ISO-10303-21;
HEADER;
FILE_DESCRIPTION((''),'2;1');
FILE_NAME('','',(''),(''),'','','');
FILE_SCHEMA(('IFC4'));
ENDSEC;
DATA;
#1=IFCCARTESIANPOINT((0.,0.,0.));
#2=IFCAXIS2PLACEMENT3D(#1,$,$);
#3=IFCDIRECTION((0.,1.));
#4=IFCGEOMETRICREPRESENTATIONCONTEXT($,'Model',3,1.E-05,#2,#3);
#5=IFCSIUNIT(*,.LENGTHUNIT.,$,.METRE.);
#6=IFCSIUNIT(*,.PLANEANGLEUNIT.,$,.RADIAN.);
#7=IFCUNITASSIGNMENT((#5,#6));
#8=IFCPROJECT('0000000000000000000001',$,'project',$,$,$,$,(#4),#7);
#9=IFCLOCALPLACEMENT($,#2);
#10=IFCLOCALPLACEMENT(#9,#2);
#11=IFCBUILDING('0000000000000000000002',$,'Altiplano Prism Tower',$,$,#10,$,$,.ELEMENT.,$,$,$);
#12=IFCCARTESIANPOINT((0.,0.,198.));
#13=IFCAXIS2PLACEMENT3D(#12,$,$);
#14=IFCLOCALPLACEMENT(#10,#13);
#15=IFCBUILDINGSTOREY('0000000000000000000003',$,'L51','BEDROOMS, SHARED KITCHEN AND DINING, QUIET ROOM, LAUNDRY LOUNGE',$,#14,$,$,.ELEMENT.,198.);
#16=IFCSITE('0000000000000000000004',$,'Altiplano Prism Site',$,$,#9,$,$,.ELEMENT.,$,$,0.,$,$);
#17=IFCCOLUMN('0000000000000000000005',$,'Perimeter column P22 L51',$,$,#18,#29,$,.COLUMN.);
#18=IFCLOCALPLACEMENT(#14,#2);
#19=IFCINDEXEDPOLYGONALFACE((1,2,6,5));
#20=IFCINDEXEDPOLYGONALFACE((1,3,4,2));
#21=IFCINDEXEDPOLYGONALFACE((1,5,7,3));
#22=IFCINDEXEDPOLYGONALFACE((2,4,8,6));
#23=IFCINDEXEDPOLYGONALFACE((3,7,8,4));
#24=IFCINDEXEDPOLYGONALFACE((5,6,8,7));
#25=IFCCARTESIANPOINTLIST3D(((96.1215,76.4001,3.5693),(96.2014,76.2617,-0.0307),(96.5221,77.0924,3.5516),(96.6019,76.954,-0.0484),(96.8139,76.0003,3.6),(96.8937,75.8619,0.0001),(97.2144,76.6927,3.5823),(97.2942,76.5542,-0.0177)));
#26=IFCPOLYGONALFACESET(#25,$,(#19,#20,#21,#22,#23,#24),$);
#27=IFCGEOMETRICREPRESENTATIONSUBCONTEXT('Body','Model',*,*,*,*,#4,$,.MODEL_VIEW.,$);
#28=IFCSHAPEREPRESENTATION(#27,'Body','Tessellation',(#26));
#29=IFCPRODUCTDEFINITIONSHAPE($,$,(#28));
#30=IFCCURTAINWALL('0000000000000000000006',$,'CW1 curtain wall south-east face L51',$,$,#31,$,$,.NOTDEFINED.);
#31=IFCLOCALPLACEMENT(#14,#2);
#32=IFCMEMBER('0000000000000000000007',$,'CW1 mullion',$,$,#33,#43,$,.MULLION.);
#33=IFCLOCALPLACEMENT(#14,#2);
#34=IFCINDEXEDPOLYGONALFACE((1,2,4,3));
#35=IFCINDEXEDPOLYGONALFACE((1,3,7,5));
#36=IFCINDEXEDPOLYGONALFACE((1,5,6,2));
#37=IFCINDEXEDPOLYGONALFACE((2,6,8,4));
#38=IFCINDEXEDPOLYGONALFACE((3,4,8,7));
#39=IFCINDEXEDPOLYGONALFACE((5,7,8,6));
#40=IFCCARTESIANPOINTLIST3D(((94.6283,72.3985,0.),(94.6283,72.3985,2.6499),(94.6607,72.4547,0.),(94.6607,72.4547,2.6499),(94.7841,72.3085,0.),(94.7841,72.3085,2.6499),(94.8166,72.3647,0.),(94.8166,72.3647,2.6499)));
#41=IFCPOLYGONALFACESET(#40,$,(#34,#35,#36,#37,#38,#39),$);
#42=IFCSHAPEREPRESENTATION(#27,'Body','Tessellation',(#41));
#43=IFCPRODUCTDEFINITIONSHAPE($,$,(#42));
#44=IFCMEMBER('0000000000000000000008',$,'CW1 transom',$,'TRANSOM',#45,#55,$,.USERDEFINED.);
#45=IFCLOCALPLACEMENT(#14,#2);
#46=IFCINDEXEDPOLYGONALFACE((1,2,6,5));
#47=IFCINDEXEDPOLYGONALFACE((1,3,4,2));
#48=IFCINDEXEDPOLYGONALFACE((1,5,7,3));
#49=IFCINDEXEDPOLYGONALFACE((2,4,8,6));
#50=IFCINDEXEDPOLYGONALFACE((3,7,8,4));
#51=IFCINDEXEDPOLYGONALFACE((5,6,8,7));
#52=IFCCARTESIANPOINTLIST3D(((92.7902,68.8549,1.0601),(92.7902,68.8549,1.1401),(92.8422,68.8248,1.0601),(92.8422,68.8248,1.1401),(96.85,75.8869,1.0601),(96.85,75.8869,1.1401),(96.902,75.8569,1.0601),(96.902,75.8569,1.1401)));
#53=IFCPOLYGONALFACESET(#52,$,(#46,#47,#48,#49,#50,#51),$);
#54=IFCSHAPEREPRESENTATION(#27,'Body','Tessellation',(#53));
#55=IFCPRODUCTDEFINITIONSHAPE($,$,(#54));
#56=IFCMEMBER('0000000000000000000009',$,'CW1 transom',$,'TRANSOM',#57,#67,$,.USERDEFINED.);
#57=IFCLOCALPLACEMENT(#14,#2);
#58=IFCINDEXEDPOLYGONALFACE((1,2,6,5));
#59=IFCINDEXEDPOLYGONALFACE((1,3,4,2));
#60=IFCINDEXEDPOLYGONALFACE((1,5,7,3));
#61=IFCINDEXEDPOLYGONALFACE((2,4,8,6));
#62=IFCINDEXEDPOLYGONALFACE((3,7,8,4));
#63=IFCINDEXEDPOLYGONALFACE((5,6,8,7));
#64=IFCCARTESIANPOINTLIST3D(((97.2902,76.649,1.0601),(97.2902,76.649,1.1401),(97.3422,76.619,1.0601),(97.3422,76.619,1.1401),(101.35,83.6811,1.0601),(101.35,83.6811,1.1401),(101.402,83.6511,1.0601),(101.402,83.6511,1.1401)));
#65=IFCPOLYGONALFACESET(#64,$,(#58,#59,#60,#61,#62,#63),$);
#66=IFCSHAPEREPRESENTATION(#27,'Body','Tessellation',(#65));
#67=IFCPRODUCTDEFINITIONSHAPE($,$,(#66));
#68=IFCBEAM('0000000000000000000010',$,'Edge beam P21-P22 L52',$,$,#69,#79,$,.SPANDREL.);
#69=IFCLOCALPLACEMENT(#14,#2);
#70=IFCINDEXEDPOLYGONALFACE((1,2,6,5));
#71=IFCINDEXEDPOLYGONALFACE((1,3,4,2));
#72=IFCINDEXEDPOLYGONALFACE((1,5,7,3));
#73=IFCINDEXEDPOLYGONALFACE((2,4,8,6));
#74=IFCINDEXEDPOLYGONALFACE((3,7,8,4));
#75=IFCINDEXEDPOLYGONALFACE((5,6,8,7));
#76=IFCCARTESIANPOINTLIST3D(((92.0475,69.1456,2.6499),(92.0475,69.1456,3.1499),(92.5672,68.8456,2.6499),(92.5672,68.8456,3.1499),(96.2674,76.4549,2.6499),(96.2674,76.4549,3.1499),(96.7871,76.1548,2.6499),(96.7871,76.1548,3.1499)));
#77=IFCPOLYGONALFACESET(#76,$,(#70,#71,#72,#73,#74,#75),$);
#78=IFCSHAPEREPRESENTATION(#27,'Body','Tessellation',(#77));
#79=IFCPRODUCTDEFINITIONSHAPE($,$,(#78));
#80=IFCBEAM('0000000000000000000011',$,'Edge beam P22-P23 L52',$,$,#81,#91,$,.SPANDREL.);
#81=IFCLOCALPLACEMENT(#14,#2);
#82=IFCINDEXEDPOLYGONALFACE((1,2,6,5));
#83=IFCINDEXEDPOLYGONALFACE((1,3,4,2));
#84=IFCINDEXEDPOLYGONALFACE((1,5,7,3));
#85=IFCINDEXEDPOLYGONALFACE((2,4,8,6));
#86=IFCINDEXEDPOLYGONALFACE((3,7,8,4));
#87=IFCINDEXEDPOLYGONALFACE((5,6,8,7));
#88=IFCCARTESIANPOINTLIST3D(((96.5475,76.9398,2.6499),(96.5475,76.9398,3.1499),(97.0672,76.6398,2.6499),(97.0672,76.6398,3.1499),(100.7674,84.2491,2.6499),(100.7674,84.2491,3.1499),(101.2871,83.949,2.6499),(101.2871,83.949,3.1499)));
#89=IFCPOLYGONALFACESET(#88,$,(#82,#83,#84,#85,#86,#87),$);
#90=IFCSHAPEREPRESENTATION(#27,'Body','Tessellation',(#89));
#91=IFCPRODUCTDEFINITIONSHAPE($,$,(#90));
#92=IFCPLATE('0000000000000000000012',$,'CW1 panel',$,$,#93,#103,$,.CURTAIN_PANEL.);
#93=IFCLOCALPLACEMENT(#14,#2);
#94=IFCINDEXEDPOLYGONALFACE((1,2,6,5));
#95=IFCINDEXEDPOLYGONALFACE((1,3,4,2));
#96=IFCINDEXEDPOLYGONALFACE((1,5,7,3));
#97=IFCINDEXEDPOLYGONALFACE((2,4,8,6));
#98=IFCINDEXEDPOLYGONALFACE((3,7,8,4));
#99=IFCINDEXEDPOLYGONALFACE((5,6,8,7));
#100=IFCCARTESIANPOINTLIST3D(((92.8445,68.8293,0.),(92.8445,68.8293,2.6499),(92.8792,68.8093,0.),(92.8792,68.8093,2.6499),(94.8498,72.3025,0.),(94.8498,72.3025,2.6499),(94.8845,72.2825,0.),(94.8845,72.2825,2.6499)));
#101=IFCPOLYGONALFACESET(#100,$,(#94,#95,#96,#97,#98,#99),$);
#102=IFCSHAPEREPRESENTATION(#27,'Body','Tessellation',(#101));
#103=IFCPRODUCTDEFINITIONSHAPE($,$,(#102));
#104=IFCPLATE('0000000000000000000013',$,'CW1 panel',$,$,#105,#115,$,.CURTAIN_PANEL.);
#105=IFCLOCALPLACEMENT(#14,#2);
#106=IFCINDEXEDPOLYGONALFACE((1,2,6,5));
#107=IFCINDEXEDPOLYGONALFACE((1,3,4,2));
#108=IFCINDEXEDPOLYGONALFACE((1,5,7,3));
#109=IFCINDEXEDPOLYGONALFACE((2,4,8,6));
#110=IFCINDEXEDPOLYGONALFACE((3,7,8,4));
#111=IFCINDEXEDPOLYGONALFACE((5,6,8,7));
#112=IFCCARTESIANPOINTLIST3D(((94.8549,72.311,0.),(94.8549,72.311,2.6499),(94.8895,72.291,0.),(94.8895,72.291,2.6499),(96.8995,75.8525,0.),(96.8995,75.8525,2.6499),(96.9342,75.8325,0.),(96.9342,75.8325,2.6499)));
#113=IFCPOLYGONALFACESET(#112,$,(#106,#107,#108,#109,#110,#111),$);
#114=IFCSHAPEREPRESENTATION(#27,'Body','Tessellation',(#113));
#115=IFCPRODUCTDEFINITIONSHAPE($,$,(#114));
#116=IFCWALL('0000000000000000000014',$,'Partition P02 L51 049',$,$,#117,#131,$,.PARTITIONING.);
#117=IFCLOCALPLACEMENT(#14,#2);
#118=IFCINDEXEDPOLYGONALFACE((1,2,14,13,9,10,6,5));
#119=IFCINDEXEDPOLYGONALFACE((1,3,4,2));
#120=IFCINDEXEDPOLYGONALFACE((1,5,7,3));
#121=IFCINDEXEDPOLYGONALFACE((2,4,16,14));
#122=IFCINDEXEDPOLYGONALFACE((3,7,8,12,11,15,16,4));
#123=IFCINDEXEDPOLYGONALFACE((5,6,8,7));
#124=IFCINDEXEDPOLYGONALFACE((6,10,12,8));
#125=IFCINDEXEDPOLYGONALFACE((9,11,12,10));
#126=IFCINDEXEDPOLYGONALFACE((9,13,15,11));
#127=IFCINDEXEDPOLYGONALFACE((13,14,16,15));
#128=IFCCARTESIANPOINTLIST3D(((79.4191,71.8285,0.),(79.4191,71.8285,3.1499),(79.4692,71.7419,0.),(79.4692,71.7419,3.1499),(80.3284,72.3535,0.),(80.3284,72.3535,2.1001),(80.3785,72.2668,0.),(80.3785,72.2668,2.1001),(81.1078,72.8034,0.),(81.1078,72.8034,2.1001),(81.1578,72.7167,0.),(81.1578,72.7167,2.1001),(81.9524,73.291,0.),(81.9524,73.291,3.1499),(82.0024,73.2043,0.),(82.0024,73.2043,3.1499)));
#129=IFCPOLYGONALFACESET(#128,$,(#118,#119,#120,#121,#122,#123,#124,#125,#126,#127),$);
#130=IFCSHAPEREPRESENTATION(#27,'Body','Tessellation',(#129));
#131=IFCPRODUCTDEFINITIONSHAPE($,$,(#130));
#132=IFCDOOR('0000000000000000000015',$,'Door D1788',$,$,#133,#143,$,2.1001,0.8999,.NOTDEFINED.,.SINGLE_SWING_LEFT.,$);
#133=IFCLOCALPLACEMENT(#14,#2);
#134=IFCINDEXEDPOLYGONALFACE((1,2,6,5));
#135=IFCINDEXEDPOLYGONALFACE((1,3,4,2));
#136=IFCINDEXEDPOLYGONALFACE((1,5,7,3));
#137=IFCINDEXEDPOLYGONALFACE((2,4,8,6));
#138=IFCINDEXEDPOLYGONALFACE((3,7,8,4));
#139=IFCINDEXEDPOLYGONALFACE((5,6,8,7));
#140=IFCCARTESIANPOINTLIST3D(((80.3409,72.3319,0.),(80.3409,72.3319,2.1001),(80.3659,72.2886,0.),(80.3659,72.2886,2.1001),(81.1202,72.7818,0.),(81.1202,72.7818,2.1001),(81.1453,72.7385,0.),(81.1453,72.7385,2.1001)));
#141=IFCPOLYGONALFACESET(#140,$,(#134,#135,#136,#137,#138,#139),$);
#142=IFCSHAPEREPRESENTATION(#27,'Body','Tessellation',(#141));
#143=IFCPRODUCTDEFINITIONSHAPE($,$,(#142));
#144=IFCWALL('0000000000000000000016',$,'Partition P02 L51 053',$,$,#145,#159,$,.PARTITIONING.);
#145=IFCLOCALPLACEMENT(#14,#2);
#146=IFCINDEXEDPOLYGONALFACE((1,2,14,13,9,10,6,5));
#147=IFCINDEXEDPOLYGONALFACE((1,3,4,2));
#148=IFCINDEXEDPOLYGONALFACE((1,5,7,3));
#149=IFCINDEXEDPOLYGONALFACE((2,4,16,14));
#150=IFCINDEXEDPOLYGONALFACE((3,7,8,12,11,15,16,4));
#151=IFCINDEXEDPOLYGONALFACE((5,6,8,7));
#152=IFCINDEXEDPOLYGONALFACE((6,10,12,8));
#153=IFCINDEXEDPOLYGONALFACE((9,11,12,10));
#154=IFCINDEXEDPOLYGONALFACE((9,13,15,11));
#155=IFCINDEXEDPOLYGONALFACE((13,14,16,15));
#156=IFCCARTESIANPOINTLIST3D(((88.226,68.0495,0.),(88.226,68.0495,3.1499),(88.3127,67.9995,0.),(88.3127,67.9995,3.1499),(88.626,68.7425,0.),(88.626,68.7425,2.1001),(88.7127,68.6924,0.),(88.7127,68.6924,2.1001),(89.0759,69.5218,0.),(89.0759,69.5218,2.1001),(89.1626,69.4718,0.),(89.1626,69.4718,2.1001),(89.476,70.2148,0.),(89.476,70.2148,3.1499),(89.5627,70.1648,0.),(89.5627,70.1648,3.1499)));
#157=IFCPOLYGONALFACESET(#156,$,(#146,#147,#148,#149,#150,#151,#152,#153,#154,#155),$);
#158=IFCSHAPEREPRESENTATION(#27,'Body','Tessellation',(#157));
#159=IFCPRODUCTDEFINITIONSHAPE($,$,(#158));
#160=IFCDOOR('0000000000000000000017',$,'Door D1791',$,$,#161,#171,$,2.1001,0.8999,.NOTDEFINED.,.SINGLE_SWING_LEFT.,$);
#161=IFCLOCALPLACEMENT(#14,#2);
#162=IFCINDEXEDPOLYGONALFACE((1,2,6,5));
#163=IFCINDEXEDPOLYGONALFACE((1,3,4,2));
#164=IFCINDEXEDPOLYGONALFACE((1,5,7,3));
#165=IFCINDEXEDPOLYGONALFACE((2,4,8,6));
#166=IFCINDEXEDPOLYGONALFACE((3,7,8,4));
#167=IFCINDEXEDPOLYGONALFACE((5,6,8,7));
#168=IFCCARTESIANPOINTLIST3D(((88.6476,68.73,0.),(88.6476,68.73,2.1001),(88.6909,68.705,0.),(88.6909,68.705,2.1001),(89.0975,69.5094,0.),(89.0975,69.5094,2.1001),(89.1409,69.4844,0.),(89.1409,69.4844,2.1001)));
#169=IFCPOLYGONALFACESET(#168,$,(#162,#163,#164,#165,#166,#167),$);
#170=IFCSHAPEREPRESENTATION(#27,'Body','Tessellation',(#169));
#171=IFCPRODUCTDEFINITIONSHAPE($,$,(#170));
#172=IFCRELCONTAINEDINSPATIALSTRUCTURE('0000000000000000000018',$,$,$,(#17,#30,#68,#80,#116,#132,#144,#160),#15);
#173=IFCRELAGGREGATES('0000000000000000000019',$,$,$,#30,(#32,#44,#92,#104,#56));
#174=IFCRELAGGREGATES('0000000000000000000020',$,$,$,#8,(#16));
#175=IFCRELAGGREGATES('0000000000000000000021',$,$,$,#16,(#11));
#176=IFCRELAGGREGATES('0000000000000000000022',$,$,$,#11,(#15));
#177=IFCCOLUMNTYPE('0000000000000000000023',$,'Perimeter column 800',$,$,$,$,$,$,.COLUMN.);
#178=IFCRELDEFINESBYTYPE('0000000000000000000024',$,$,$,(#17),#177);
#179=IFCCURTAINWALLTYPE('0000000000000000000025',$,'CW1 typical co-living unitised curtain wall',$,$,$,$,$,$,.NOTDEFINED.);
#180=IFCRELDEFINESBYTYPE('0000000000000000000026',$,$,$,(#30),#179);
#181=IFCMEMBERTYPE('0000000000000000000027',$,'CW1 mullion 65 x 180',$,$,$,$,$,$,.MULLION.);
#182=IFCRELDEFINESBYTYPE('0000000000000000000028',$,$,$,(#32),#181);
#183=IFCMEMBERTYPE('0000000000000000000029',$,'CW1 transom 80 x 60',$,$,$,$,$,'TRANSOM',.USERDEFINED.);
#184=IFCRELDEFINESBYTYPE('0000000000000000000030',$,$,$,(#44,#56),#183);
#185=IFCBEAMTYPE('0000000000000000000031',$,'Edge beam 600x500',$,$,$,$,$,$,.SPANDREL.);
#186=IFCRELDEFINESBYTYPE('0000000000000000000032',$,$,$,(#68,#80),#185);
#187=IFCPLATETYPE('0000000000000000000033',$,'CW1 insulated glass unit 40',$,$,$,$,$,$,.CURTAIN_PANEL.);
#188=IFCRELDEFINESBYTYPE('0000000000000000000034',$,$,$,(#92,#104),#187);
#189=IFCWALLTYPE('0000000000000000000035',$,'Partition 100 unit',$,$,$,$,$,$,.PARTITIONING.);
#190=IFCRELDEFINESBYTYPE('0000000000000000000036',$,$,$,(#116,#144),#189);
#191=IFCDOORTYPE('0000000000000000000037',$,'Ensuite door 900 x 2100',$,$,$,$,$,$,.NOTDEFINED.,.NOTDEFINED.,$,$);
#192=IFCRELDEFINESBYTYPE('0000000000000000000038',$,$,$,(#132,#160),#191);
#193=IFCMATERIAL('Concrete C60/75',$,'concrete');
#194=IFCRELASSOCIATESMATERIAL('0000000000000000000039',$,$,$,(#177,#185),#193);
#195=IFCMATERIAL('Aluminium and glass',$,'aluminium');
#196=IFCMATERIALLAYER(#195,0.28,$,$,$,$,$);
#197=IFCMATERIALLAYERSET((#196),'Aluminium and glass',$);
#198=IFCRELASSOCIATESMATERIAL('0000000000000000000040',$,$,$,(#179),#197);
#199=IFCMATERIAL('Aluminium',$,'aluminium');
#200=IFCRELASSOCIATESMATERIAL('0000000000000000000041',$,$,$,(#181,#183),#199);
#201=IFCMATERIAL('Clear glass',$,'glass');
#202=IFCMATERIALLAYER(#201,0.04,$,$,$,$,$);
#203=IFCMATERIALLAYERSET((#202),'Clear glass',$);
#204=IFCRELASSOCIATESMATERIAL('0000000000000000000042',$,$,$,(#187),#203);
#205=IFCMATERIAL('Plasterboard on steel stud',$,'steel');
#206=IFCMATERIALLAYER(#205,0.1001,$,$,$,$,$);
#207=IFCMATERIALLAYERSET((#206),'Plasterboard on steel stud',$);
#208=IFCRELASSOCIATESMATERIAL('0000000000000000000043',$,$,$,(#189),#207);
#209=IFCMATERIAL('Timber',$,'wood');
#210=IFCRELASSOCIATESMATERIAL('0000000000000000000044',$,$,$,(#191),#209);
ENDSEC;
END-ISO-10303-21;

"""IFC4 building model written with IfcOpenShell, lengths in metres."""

from ifc_helpers import new_model, si_unit, direction, frame, frame_2d, origin, origin_2d, place, context, subcontext, project, spatial, rectangle, extrude, material, layer, layer_set, material_profile, profile_set, type_object, element, fill, aggregate, save


model = new_model("IFC4")

# Units and contexts
model_context = context("Model", 3, precision=1e-05, world=origin(), true_north=direction((0.0, 1.0)))
body_context = subcontext(model_context, "Body", "Model", "MODEL_VIEW")
ifc_project = project(units=[si_unit("LENGTHUNIT", "METRE"), si_unit("PLANEANGLEUNIT", "RADIAN")], contexts=[model_context])

# Site, building, storey
site_placement = place(None, origin())
site = spatial("IfcSite", under=ifc_project, at=site_placement, Name="Altiplano Prism Site", CompositionType="ELEMENT", RefElevation=0.0)
building_placement = place(site_placement, origin())
building = spatial("IfcBuilding", under=site, at=building_placement, Name="Altiplano Prism Tower", CompositionType="ELEMENT")
storey_placement = place(building_placement, frame((0.0, 0.0, 198.0)))
storey = spatial("IfcBuildingStorey", under=building, at=storey_placement, Name="L51", Description="BEDROOMS, SHARED KITCHEN AND DINING, QUIET ROOM, LAUNDRY LOUNGE", CompositionType="ELEMENT", Elevation=198.0)

# Column
ifc_material_1 = material(Name="Concrete C60/75", Category="concrete")
ifc_material_profile_1 = material_profile(ifc_material_1, rectangle(XDim=0.8, YDim=0.8, at=origin_2d()), Name="Perimeter column 800")
ifc_profile_set_1 = profile_set([ifc_material_profile_1], Name="Concrete C60/75")
column_type = type_object("IfcColumnType", Name="Perimeter column 800", PredefinedType="COLUMN", material=ifc_profile_set_1)
column_placement = place(storey_placement, frame((96.7478, 76.408, -0.0242), z_axis=(-0.022155, 0.038416, 0.999016), x_axis=(-0.500657, -0.865361, 0.022173)))
element("IfcColumn", 1, at=column_placement, inside=storey, type_object=column_type, Name="Perimeter column P22 L51", PredefinedType="COLUMN", context=body_context, shape_type="SweptSolid", body=[
    extrude(rectangle(XDim=0.8, YDim=0.8, at=origin_2d()), origin(), (0.0, 0.0, 1.0), 3.6035),
])

# Curtain wall, members
ifc_material_2 = material(Name="Aluminium and glass", Category="aluminium")
ifc_layer_1 = layer(ifc_material_2, 0.28)
ifc_layer_set_1 = layer_set([ifc_layer_1], Name="Aluminium and glass")
curtain_wall_type = type_object("IfcCurtainWallType", Name="CW1 typical co-living unitised curtain wall", PredefinedType="NOTDEFINED", material=ifc_layer_set_1)
curtain_wall_placement = place(storey_placement, origin())
curtain_wall = element("IfcCurtainWall", 2, at=curtain_wall_placement, inside=storey, type_object=curtain_wall_type, Name="CW1 curtain wall south-east face L51", PredefinedType="NOTDEFINED")
ifc_material_3 = material(Name="Aluminium", Category="aluminium")
ifc_material_profile_2 = material_profile(ifc_material_3, rectangle(XDim=0.1799, YDim=0.0649, at=origin_2d()), Name="CW1 mullion 65 x 180")
ifc_profile_set_2 = profile_set([ifc_material_profile_2], Name="Aluminium")
member_type_1 = type_object("IfcMemberType", Name="CW1 mullion 65 x 180", PredefinedType="MULLION", material=ifc_profile_set_2)
member_1_placement = place(storey_placement, frame((94.7224, 72.3816, 0.0), z_axis=(0.0, 0.0, 1.0), x_axis=(-0.866025, 0.5, 0.0)))
member_1 = element("IfcMember", 3, at=member_1_placement, type_object=member_type_1, Name="CW1 mullion", PredefinedType="MULLION", context=body_context, shape_type="SweptSolid", body=[
    extrude(rectangle(XDim=0.1799, YDim=0.0649, at=origin_2d()), origin(), (0.0, 0.0, 1.0), 2.6499),
])
ifc_material_profile_3 = material_profile(ifc_material_3, rectangle(XDim=0.0601, YDim=0.0801, at=origin_2d()), Name="CW1 transom 80 x 60")
ifc_profile_set_3 = profile_set([ifc_material_profile_3], Name="Aluminium")
member_type_2 = type_object("IfcMemberType", Name="CW1 transom 80 x 60", ElementType="TRANSOM", PredefinedType="USERDEFINED", material=ifc_profile_set_3)
member_2_placement = place(storey_placement, frame((92.8162, 68.8398, 1.1001), z_axis=(0.499991, 0.866031, 0.0), x_axis=(-0.866031, 0.499991, 0.0)))
member_2 = element("IfcMember", 4, at=member_2_placement, type_object=member_type_2, Name="CW1 transom", ObjectType="TRANSOM", PredefinedType="USERDEFINED", context=body_context, shape_type="SweptSolid", body=[
    extrude(rectangle(XDim=0.0601, YDim=0.0801, at=origin_2d()), origin(), (0.0, 0.0, 1.0), 8.1199),
])
member_3_placement = place(storey_placement, frame((97.3162, 76.634, 1.1001), z_axis=(0.499991, 0.866031, 0.0), x_axis=(-0.866031, 0.499991, 0.0)))
member_3 = element("IfcMember", 5, at=member_3_placement, type_object=member_type_2, Name="CW1 transom", ObjectType="TRANSOM", PredefinedType="USERDEFINED", context=body_context, shape_type="SweptSolid", body=[
    extrude(rectangle(XDim=0.0601, YDim=0.0801, at=origin_2d()), origin(), (0.0, 0.0, 1.0), 8.1199),
])

# Beams
ifc_material_profile_4 = material_profile(ifc_material_1, rectangle(XDim=0.6001, YDim=0.5, at=origin_2d()), Name="Edge beam 600x500")
ifc_profile_set_4 = profile_set([ifc_material_profile_4], Name="Concrete C60/75")
beam_type = type_object("IfcBeamType", Name="Edge beam 600x500", PredefinedType="SPANDREL", material=ifc_profile_set_4)
for number, where, z_axis, x_axis, name in (
    (6, (92.3074, 68.9956, 2.8999), (0.499994, 0.866029, 0.0), (-0.866029, 0.499994, 0.0), "Edge beam P21-P22 L52"),
    (7, (96.8074, 76.7898, 2.8999), (0.499994, 0.866029, 0.0), (-0.866029, 0.499994, 0.0), "Edge beam P22-P23 L52"),
):
    element("IfcBeam", number, at=place(storey_placement, frame(where, z_axis=z_axis, x_axis=x_axis)), inside=storey, type_object=beam_type, Name=name, PredefinedType="SPANDREL", context=body_context, shape_type="SweptSolid", body=[
        extrude(rectangle(XDim=0.6001, YDim=0.5, at=origin_2d()), origin(), (0.0, 0.0, 1.0), 8.4399),
    ])

# Plates
ifc_material_4 = material(Name="Clear glass", Category="glass")
ifc_layer_2 = layer(ifc_material_4, 0.04)
ifc_layer_set_2 = layer_set([ifc_layer_2], Name="Clear glass")
plate_type = type_object("IfcPlateType", Name="CW1 insulated glass unit 40", PredefinedType="CURTAIN_PANEL", material=ifc_layer_set_2)
plate_1_placement = place(storey_placement, frame((93.8645, 70.5559, 0.0), z_axis=(0.0, 0.0, 1.0), x_axis=(0.5, 0.866025, 0.0)))
plate_1 = element("IfcPlate", 8, at=plate_1_placement, type_object=plate_type, Name="CW1 panel", PredefinedType="CURTAIN_PANEL", context=body_context, shape_type="SweptSolid", body=[
    extrude(rectangle(XDim=4.0105, YDim=0.04, at=origin_2d()), origin(), (0.0, 0.0, 1.0), 2.6499),
])
plate_2_placement = place(storey_placement, frame((95.8945, 74.0718, 0.0), z_axis=(0.0, 0.0, 1.0), x_axis=(0.5, 0.866025, 0.0)))
plate_2 = element("IfcPlate", 9, at=plate_2_placement, type_object=plate_type, Name="CW1 panel", PredefinedType="CURTAIN_PANEL", context=body_context, shape_type="SweptSolid", body=[
    extrude(rectangle(XDim=4.0894, YDim=0.04, at=origin_2d()), origin(), (0.0, 0.0, 1.0), 2.6499),
])
aggregate(curtain_wall, [member_1, member_2, plate_1, plate_2, member_3])

# Walls, openings, doors
ifc_material_5 = material(Name="Plasterboard on steel stud", Category="steel")
ifc_layer_3 = layer(ifc_material_5, 0.1001)
ifc_layer_set_3 = layer_set([ifc_layer_3], Name="Plasterboard on steel stud")
wall_type_1 = type_object("IfcWallType", Name="Partition 100 unit", PredefinedType="PARTITIONING", material=ifc_layer_set_3)
wall_1_placement = place(storey_placement, frame((81.9773, 73.2476, 0.0), z_axis=(0.0, 0.0, 1.0), x_axis=(-0.866047, -0.499963, 0.0)))
wall_1 = element("IfcWall", 10, at=wall_1_placement, inside=storey, type_object=wall_type_1, Name="Partition P02 L51 049", PredefinedType="PARTITIONING", context=body_context, shape_type="SweptSolid", body=[
    extrude(rectangle(XDim=2.925, YDim=0.1001, at=frame_2d((1.4624, 0.0))), origin(), (0.0, 0.0, 1.0), 3.1499),
])
opening_1_placement = place(wall_1_placement, frame((0.9751, 0.0, 0.0)))
opening_1 = element("IfcOpeningElement", 11, at=opening_1_placement, cuts=wall_1, PredefinedType="OPENING", context=body_context, shape_type="SweptSolid", body=[
    extrude(rectangle(XDim=0.8999, YDim=2.1001, at=frame_2d((0.45, 1.05))), frame((0.0, 0.0605, 0.0), z_axis=(0.0, -1.0, 0.0), x_axis=(1.0, 0.0, 0.0)), (0.0, 0.0, 1.0), 0.1211),
])
ifc_material_6 = material(Name="Timber", Category="wood")
door_type_1 = type_object("IfcDoorType", Name="Ensuite door 900 x 2100", OperationType="NOTDEFINED", PredefinedType="NOTDEFINED", material=ifc_material_6)
door_1_placement = place(opening_1_placement, origin())
door_1 = element("IfcDoor", 12, at=door_1_placement, inside=storey, type_object=door_type_1, Name="Door D1788", OperationType="SINGLE_SWING_LEFT", OverallHeight=2.1001, OverallWidth=0.8999, PredefinedType="NOTDEFINED", context=body_context, shape_type="SweptSolid", body=[
    extrude(rectangle(XDim=0.8999, YDim=2.1001, at=frame_2d((0.45, 1.05))), frame((0.0, 0.0249, 0.0), z_axis=(0.0, -1.0, 0.0), x_axis=(1.0, 0.0, 0.0)), (0.0, 0.0, 1.0), 0.05),
])
fill(opening_1, door_1)
wall_2_placement = place(storey_placement, frame((89.5193, 70.1897, 0.0), z_axis=(0.0, 0.0, 1.0), x_axis=(-0.499962, -0.866047, 0.0)))
wall_2 = element("IfcWall", 13, at=wall_2_placement, inside=storey, type_object=wall_type_1, Name="Partition P02 L51 053", PredefinedType="PARTITIONING", context=body_context, shape_type="SweptSolid", body=[
    extrude(rectangle(XDim=2.5002, YDim=0.1001, at=frame_2d((1.25, 0.0))), origin(), (0.0, 0.0, 1.0), 3.1499),
])
opening_2_placement = place(wall_2_placement, frame((0.8, 0.0, 0.0)))
opening_2 = element("IfcOpeningElement", 14, at=opening_2_placement, cuts=wall_2, PredefinedType="OPENING", context=body_context, shape_type="SweptSolid", body=[
    extrude(rectangle(XDim=0.8999, YDim=2.1001, at=frame_2d((0.45, 1.05))), frame((0.0, 0.0605, 0.0), z_axis=(0.0, -1.0, 0.0), x_axis=(1.0, 0.0, 0.0)), (0.0, 0.0, 1.0), 0.1211),
])
door_2_placement = place(opening_2_placement, origin())
door_2 = element("IfcDoor", 15, at=door_2_placement, inside=storey, type_object=door_type_1, Name="Door D1791", OperationType="SINGLE_SWING_LEFT", OverallHeight=2.1001, OverallWidth=0.8999, PredefinedType="NOTDEFINED", context=body_context, shape_type="SweptSolid", body=[
    extrude(rectangle(XDim=0.8999, YDim=2.1001, at=frame_2d((0.45, 1.05))), frame((0.0, 0.0249, 0.0), z_axis=(0.0, -1.0, 0.0), x_axis=(1.0, 0.0, 0.0)), (0.0, 0.0, 1.0), 0.05),
])
fill(opening_2, door_2)

save(model, "model.ifc")
